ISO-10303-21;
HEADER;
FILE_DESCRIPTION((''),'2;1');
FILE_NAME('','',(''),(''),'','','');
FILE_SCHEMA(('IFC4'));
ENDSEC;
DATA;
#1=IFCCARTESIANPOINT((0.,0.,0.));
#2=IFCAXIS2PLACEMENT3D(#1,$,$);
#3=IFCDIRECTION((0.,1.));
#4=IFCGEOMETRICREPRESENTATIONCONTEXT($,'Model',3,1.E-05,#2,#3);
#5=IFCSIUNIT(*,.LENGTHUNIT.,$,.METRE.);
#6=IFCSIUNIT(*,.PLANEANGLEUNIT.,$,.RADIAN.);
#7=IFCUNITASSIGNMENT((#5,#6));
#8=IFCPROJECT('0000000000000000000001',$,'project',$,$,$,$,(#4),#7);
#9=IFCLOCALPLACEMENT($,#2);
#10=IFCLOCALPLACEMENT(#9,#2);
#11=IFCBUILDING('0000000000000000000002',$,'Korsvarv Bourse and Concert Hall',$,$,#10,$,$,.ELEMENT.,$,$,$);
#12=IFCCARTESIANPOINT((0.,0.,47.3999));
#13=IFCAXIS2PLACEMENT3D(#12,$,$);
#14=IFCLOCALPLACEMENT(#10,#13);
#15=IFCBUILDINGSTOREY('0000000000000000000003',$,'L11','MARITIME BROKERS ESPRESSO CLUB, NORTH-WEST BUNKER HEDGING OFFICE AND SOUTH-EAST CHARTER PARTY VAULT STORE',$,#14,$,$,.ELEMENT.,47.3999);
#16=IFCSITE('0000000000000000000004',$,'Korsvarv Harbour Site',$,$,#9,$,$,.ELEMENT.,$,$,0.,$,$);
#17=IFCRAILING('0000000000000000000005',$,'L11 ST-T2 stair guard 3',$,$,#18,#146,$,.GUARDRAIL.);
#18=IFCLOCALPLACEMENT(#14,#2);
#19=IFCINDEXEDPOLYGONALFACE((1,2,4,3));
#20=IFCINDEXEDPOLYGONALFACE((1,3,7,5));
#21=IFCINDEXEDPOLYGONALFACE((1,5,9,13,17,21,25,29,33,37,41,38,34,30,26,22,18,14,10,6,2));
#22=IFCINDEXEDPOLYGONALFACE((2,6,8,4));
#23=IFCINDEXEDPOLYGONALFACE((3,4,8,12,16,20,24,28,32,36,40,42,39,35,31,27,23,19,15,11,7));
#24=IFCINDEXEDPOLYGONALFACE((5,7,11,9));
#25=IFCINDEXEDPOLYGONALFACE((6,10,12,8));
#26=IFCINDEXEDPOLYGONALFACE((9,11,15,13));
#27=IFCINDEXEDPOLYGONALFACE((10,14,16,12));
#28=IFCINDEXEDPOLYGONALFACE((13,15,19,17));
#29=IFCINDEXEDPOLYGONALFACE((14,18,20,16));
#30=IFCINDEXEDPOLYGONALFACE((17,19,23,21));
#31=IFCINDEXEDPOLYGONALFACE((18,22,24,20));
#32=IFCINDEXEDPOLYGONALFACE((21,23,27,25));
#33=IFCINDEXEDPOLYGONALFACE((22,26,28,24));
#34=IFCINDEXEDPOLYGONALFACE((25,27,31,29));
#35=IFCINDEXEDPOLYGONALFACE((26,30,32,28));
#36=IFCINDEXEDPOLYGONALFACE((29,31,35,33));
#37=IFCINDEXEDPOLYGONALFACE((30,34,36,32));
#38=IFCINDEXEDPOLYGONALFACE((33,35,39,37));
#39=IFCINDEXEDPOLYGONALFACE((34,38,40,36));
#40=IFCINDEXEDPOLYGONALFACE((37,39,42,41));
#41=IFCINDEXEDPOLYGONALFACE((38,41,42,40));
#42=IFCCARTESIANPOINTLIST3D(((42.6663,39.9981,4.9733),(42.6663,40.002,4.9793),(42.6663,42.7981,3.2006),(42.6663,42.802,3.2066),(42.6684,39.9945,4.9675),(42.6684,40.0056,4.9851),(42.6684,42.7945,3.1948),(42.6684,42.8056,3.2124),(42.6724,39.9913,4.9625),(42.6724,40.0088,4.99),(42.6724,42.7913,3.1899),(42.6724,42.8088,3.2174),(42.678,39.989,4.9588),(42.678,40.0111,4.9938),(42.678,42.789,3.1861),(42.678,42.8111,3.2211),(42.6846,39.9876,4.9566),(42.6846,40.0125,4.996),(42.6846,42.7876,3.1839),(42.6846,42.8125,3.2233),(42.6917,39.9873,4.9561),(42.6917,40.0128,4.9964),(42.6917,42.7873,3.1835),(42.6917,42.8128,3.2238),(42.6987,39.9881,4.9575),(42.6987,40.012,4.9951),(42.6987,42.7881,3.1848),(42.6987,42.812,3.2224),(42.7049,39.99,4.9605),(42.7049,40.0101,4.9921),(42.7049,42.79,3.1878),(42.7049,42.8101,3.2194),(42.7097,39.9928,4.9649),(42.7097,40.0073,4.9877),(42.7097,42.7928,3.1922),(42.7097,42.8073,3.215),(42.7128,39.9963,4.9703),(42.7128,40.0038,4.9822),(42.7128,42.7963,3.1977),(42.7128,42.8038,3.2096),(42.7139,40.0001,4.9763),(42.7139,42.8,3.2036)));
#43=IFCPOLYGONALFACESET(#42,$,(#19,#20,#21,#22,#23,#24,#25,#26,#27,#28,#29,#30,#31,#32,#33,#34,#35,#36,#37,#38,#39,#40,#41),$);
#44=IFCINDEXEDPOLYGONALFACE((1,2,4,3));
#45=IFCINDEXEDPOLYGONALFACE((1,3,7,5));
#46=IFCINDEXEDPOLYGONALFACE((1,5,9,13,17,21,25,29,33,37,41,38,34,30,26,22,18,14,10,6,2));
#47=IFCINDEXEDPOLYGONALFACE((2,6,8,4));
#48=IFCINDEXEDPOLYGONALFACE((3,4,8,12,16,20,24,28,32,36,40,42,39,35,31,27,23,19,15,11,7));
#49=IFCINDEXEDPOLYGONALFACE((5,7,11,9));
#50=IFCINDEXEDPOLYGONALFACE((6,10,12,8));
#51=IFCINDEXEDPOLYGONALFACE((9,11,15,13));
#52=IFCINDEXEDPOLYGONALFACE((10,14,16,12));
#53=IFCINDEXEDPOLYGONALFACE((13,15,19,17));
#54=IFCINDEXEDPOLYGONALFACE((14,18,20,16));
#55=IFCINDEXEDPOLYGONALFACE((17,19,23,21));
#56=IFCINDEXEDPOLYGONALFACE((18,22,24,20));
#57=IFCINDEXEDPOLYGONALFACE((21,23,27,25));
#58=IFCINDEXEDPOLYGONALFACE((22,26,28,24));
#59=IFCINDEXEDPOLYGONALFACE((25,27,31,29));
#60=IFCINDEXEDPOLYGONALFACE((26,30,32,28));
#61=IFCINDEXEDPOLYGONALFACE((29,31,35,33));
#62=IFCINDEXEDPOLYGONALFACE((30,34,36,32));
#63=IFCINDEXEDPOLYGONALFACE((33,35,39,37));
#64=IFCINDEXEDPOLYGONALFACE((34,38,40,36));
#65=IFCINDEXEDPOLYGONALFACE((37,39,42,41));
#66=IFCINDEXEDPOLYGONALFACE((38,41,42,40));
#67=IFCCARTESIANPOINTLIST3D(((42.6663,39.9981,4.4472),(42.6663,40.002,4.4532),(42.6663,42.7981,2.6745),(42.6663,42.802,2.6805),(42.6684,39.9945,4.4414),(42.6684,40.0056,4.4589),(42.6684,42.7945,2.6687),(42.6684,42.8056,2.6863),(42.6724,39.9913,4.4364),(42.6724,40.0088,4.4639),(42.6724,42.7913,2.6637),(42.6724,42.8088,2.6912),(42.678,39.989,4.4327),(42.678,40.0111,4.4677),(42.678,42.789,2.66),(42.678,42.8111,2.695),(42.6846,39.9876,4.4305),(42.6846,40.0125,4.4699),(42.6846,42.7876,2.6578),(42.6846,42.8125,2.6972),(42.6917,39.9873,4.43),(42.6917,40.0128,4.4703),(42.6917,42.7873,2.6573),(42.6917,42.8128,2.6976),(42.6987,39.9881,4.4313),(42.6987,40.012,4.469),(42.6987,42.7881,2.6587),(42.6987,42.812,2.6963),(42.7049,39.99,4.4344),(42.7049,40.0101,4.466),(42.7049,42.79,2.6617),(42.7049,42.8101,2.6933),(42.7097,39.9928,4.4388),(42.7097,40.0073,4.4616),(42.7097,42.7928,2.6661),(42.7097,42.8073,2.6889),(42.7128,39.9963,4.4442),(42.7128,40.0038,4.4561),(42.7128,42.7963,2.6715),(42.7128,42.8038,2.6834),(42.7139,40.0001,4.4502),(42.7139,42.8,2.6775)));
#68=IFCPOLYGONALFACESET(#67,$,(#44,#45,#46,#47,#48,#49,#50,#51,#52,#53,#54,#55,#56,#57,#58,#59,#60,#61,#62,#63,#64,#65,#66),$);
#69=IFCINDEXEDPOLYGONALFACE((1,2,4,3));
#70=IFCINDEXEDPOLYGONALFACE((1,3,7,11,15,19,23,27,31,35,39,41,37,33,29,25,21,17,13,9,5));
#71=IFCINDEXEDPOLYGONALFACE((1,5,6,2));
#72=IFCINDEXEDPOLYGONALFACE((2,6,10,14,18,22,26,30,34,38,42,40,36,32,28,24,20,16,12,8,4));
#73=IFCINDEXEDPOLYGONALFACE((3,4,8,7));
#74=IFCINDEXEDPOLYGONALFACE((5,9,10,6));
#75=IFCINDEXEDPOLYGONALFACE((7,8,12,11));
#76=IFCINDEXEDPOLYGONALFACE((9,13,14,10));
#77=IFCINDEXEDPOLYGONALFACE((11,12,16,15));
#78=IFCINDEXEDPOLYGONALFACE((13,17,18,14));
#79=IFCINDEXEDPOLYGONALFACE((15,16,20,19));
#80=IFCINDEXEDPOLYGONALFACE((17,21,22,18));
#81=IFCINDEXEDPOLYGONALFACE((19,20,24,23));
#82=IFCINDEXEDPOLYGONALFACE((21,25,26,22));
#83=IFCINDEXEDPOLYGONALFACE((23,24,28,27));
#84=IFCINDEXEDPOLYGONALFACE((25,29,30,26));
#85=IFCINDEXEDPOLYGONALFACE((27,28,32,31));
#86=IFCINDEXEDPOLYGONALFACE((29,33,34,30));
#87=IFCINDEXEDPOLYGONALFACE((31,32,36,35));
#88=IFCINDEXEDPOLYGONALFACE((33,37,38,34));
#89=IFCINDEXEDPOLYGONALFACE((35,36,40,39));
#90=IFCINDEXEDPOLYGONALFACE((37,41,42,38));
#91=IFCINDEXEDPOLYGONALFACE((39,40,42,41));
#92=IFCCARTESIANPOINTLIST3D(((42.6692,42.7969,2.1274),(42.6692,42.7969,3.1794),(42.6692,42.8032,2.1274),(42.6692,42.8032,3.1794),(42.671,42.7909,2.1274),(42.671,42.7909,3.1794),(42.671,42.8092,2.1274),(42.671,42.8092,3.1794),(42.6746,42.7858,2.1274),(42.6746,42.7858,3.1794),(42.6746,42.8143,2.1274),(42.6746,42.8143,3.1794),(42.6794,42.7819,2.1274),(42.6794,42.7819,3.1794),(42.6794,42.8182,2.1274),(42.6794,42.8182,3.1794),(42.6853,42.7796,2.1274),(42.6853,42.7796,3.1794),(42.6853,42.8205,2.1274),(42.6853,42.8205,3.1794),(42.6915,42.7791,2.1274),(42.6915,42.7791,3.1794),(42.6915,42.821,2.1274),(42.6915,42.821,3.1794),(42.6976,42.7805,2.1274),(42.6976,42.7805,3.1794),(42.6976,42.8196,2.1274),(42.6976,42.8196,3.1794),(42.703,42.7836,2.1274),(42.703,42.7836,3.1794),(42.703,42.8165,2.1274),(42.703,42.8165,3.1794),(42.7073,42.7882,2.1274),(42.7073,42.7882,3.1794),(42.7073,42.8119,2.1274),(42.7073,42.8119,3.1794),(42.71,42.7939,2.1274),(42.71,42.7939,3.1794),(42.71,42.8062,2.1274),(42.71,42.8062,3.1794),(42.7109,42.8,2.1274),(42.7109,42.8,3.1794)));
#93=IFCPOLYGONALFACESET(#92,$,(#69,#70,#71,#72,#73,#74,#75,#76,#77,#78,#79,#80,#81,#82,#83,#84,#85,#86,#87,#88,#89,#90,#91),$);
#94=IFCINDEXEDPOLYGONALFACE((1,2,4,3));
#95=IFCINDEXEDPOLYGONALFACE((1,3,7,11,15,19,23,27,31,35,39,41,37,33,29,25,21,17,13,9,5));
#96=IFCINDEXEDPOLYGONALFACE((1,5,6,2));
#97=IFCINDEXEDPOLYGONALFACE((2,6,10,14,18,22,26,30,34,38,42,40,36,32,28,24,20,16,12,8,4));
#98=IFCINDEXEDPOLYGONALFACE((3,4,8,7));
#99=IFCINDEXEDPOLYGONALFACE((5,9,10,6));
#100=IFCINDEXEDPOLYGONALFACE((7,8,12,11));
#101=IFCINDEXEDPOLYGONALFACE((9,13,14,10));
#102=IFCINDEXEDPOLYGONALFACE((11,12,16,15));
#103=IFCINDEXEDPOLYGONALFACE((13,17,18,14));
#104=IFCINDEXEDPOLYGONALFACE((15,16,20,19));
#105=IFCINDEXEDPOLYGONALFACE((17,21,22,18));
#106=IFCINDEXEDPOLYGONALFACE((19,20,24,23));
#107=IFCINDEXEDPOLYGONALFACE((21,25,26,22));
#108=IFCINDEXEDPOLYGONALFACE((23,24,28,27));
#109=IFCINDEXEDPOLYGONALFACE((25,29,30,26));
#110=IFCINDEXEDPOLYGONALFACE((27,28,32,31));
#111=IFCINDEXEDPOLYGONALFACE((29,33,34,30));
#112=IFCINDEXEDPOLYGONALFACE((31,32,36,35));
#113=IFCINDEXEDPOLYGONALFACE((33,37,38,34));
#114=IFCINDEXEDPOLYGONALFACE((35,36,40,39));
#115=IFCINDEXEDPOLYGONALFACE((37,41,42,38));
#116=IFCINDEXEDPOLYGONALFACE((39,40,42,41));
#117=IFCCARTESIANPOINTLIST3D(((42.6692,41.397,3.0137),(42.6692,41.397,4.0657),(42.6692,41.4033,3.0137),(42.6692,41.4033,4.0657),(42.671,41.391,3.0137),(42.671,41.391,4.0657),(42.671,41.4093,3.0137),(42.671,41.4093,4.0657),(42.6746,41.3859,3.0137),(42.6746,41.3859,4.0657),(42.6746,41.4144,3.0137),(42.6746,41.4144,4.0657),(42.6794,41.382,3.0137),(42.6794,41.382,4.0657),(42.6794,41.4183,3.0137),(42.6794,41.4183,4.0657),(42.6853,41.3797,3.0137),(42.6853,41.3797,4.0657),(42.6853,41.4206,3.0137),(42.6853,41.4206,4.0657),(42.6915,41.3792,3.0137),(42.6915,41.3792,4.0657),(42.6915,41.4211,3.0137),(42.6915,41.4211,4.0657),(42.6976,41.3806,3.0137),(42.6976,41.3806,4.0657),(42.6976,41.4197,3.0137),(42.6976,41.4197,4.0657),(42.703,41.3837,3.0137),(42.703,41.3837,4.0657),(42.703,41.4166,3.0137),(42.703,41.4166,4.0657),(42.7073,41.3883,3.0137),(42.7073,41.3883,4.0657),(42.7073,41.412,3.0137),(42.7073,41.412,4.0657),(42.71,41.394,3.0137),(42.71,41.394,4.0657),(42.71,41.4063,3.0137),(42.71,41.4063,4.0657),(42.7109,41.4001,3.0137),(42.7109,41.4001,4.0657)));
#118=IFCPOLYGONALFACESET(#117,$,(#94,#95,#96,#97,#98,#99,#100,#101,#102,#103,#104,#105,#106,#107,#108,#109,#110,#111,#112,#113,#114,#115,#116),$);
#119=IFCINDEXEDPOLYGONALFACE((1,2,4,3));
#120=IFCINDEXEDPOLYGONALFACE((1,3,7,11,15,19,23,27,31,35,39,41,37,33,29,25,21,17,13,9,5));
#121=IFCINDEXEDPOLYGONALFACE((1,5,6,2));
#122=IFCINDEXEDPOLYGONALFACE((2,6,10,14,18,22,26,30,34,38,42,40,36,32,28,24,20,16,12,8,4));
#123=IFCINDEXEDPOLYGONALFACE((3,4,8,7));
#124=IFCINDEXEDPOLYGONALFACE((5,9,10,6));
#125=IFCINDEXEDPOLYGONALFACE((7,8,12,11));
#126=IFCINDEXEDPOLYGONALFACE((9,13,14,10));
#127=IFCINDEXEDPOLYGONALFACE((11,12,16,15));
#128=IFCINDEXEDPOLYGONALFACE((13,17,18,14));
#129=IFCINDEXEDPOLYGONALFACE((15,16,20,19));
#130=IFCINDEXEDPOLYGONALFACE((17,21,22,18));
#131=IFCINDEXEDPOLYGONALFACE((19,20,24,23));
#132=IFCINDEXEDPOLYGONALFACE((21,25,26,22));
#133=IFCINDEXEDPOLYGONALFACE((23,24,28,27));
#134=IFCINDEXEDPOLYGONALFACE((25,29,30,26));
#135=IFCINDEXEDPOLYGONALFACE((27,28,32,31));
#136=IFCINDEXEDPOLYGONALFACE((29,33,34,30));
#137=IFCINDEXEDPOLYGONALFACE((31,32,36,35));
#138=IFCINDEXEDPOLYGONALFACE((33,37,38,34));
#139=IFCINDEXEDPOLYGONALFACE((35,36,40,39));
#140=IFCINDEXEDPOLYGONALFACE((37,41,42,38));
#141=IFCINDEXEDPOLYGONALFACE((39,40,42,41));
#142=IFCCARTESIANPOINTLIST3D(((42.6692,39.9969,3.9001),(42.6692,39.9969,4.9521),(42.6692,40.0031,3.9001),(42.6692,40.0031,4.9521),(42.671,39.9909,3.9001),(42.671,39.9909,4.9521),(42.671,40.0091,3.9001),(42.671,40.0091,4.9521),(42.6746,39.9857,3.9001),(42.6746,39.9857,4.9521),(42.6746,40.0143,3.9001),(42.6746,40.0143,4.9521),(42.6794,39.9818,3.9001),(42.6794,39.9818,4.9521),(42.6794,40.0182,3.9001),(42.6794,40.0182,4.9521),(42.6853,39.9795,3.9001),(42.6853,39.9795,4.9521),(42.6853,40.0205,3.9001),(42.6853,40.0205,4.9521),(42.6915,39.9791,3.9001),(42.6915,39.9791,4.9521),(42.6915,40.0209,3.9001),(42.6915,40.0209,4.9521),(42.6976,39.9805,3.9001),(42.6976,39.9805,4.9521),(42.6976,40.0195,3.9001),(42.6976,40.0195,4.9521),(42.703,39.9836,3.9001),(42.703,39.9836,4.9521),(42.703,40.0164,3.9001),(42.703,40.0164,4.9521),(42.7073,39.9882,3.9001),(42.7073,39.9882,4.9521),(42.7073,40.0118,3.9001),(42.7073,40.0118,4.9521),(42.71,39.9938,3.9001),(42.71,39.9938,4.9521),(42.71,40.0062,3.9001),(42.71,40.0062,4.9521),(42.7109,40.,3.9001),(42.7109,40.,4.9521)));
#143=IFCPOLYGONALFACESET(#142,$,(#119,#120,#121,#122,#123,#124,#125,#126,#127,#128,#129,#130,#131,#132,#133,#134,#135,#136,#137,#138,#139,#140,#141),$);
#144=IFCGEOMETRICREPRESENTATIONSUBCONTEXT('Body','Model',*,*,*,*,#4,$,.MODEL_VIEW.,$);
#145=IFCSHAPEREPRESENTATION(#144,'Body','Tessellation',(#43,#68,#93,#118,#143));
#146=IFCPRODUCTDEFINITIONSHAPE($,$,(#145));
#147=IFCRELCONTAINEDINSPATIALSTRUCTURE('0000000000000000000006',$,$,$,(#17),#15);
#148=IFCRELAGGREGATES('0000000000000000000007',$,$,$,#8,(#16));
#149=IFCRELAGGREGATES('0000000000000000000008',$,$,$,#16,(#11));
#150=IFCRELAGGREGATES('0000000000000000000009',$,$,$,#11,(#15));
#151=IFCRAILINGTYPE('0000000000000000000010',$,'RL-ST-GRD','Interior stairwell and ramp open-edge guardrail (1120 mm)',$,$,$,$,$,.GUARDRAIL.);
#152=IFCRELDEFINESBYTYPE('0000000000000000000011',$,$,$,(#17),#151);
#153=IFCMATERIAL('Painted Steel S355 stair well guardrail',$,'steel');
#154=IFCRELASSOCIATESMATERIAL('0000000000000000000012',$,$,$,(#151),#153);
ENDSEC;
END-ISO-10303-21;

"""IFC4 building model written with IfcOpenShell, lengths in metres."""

from ifc_helpers import new_model, si_unit, direction, frame, origin, origin_2d, place, context, subcontext, project, spatial, circle, extrude, material, type_object, element, save


model = new_model("IFC4")

# Units and contexts
model_context = context("Model", 3, precision=1e-05, world=origin(), true_north=direction((0.0, 1.0)))
body_context = subcontext(model_context, "Body", "Model", "MODEL_VIEW")
ifc_project = project(units=[si_unit("LENGTHUNIT", "METRE"), si_unit("PLANEANGLEUNIT", "RADIAN")], contexts=[model_context])

# Site, building, storey
site_placement = place(None, origin())
site = spatial("IfcSite", under=ifc_project, at=site_placement, Name="Korsvarv Harbour Site", CompositionType="ELEMENT", RefElevation=0.0)
building_placement = place(site_placement, origin())
building = spatial("IfcBuilding", under=site, at=building_placement, Name="Korsvarv Bourse and Concert Hall", CompositionType="ELEMENT")
storey_placement = place(building_placement, frame((0.0, 0.0, 47.3999)))
storey = spatial("IfcBuildingStorey", under=building, at=storey_placement, Name="L11", Description="MARITIME BROKERS ESPRESSO CLUB, NORTH-WEST BUNKER HEDGING OFFICE AND SOUTH-EAST CHARTER PARTY VAULT STORE", CompositionType="ELEMENT", Elevation=47.3999)

# Railing
ifc_material_1 = material(Name="Painted Steel S355 stair well guardrail", Category="steel")
railing_type_1 = type_object("IfcRailingType", Name="RL-ST-GRD", Description="Interior stairwell and ramp open-edge guardrail (1120 mm)", PredefinedType="GUARDRAIL", material=ifc_material_1)
railing_1_placement = place(storey_placement, frame((42.6899, 42.8, 2.1274)))
element("IfcRailing", 1, at=railing_1_placement, inside=storey, type_object=railing_type_1, Name="L11 ST-T2 stair guard 3", PredefinedType="GUARDRAIL", context=body_context, shape_type="SweptSolid", body=[
    extrude(circle(Radius=0.0239, at=origin_2d()), frame((0.0, 0.0, 1.0762), z_axis=(0.0, -0.844909, 0.53491), x_axis=(1.0, 0.0, 0.0)), (0.0, 0.0, 1.0), 3.314),
    extrude(circle(Radius=0.0239, at=origin_2d()), frame((0.0, 0.0, 0.55), z_axis=(0.0, -0.844909, 0.53491), x_axis=(1.0, 0.0, 0.0)), (0.0, 0.0, 1.0), 3.314),
    extrude(circle(Radius=0.021, at=origin_2d()), origin(), (0.0, 0.0, 1.0), 1.052),
    extrude(circle(Radius=0.021, at=origin_2d()), frame((0.0, -1.3999, 0.8862)), (0.0, 0.0, 1.0), 1.052),
    extrude(circle(Radius=0.021, at=origin_2d()), frame((0.0, -2.8, 1.7727)), (0.0, 0.0, 1.0), 1.052),
])

save(model, "model.ifc")
